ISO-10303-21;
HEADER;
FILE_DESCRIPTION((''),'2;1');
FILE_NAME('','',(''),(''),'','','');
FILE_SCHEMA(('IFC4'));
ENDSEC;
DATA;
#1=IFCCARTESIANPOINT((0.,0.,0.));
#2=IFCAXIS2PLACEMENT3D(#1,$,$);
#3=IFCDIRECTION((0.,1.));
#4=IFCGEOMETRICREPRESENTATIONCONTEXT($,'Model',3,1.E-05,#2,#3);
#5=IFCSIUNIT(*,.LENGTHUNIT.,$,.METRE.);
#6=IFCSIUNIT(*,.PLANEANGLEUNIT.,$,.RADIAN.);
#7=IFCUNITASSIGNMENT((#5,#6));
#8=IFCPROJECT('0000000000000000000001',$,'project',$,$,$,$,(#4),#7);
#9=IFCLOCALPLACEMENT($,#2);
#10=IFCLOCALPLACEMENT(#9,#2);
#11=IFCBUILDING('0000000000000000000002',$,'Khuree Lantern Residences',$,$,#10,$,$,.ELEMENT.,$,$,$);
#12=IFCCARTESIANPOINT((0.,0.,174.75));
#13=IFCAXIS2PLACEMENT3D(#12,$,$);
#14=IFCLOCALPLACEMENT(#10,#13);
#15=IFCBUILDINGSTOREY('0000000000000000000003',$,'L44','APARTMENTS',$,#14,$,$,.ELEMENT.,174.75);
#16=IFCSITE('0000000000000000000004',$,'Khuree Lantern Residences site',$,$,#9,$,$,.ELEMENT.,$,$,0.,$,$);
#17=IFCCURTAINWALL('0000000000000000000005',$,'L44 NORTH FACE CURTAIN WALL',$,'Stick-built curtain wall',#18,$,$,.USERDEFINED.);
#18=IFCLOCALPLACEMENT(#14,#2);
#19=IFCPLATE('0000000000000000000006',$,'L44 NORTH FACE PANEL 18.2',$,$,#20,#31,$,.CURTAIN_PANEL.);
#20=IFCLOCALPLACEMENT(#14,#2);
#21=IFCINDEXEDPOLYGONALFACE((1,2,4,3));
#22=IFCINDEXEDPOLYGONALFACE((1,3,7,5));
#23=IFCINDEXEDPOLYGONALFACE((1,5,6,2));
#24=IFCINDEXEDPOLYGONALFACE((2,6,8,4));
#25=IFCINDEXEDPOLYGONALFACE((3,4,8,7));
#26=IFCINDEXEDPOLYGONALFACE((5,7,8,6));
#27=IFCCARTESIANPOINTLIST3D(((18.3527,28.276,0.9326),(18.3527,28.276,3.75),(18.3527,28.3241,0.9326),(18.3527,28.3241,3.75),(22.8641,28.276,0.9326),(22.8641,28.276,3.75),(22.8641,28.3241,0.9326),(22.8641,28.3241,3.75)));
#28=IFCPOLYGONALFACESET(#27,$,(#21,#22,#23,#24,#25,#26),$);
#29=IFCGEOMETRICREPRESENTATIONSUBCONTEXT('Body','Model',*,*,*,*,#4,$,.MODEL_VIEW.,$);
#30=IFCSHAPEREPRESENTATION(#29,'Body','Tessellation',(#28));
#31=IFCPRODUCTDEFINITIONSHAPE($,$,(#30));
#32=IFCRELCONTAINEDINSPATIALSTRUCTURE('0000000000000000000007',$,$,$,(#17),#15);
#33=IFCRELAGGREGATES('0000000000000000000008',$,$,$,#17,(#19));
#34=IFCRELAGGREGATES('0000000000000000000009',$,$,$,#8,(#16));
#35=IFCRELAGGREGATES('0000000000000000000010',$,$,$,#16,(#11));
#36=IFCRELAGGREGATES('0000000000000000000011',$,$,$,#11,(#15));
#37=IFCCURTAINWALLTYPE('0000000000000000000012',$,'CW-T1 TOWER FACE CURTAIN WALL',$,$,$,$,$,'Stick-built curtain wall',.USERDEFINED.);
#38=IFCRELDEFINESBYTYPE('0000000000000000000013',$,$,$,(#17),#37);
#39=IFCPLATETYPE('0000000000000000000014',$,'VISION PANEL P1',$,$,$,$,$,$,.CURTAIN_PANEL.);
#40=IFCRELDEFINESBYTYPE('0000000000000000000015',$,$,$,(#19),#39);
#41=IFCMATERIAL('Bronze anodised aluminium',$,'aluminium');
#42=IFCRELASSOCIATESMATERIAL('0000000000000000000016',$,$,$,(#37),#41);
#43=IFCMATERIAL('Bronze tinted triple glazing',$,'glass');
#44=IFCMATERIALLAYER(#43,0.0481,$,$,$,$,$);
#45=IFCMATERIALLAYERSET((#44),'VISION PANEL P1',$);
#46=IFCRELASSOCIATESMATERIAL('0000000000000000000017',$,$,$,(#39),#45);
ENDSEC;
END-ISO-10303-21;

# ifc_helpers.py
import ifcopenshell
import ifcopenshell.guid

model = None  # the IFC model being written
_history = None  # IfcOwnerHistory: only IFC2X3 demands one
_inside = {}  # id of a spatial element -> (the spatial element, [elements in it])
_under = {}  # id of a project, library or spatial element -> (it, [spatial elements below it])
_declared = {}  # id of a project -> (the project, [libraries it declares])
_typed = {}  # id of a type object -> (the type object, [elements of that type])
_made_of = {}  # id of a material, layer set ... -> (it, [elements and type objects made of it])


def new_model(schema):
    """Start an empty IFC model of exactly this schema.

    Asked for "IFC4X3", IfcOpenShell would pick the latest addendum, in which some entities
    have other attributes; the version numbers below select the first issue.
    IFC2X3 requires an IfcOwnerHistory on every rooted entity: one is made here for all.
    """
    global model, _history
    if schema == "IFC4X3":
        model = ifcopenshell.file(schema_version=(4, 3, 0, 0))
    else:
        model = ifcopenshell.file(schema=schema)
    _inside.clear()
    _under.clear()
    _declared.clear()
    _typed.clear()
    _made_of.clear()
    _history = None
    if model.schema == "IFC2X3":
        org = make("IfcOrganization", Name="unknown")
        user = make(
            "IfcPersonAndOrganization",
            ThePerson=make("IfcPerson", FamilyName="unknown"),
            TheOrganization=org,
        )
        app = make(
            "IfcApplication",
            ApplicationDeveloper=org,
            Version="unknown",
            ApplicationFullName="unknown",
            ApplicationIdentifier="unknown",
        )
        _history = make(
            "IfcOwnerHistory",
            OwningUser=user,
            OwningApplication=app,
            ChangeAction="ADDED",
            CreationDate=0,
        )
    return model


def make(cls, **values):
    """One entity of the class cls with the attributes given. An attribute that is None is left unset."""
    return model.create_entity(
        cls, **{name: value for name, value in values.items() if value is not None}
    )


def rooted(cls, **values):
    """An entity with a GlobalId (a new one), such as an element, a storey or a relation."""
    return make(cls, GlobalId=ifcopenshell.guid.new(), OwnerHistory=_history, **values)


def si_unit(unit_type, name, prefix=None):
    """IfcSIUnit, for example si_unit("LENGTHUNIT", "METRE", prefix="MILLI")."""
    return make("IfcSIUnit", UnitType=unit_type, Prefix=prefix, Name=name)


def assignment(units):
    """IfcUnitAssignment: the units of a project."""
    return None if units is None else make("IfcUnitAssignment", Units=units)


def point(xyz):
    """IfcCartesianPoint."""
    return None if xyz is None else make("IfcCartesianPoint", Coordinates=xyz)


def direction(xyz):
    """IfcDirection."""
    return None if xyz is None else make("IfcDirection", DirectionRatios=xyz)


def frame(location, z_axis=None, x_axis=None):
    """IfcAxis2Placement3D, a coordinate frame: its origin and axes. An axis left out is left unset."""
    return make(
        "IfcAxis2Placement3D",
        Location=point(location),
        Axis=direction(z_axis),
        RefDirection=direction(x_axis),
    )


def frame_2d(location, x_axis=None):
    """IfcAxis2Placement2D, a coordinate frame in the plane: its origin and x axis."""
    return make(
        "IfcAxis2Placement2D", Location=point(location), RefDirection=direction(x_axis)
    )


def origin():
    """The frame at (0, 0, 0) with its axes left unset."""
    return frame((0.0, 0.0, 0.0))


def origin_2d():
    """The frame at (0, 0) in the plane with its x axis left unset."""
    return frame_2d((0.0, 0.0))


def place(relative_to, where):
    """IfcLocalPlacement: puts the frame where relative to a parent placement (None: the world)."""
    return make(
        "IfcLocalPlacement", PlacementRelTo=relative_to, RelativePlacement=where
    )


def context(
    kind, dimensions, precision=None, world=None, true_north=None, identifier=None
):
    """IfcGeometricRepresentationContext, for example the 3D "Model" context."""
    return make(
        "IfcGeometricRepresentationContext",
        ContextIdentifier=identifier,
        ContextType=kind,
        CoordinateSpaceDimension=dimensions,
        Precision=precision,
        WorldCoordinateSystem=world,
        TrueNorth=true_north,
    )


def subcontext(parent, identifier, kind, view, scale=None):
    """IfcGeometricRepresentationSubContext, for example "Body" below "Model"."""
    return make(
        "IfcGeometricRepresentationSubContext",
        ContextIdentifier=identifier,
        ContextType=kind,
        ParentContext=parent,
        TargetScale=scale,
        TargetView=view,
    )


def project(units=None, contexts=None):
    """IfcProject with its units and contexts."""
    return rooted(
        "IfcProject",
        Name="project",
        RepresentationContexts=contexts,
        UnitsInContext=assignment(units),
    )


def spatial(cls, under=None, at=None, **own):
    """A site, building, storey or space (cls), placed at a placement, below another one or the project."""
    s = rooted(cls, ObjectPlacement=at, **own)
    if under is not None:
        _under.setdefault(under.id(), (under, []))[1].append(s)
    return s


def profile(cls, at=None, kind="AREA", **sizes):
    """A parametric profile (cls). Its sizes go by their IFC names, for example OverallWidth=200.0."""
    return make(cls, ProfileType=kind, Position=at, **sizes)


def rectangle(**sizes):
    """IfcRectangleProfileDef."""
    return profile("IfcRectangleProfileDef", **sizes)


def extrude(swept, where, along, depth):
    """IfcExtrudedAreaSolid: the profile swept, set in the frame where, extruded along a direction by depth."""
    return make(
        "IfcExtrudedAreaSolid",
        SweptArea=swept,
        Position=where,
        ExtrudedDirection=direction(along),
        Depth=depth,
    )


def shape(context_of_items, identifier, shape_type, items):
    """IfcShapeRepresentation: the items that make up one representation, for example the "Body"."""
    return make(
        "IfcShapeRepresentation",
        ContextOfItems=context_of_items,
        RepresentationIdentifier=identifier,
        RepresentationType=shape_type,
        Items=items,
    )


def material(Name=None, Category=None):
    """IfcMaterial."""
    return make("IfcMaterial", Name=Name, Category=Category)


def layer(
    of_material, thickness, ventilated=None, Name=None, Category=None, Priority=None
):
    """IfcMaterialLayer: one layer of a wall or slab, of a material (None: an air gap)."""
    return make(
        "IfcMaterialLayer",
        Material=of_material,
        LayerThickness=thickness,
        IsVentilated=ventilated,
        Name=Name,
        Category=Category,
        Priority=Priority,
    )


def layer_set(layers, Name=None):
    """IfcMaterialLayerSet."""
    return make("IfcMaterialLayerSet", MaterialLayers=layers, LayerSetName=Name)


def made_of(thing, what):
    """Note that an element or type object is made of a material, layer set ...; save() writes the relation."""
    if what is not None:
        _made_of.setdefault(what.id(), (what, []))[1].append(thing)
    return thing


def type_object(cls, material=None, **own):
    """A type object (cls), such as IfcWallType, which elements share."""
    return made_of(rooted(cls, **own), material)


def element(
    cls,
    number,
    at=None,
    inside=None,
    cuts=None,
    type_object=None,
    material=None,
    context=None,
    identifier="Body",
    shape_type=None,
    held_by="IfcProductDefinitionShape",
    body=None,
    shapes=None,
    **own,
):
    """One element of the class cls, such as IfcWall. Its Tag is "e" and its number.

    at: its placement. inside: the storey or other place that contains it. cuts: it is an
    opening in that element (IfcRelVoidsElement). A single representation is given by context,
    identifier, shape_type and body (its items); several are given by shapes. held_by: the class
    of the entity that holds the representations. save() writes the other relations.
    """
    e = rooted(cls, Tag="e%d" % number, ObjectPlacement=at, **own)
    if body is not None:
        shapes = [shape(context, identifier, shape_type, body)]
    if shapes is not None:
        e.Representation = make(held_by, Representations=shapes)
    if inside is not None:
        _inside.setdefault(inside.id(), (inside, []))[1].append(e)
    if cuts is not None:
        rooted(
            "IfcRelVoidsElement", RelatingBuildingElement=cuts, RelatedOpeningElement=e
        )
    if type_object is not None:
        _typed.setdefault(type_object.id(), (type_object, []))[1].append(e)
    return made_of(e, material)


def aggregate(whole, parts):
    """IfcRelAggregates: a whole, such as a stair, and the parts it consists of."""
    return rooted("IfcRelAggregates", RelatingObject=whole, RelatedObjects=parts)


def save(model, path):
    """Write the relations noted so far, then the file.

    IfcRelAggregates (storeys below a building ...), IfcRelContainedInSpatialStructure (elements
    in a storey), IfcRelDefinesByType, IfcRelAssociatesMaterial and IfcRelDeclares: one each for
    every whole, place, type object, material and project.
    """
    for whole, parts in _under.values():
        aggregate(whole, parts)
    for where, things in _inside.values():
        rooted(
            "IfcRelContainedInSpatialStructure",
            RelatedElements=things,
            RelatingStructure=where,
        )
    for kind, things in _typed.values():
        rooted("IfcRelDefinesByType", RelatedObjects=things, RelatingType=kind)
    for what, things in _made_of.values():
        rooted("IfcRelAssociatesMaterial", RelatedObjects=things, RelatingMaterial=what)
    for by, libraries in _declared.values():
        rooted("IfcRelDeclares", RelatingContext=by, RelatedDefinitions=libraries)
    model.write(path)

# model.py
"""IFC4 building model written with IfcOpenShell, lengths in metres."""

from ifc_helpers import new_model, si_unit, direction, frame, origin, origin_2d, place, context, subcontext, project, spatial, rectangle, extrude, material, layer, layer_set, type_object, element, aggregate, save


model = new_model("IFC4")

# Units and contexts
model_context = context("Model", 3, precision=1e-05, world=origin(), true_north=direction((0.0, 1.0)))
body_context = subcontext(model_context, "Body", "Model", "MODEL_VIEW")
ifc_project = project(units=[si_unit("LENGTHUNIT", "METRE"), si_unit("PLANEANGLEUNIT", "RADIAN")], contexts=[model_context])

# Site, building, storey
site_placement = place(None, origin())
site = spatial("IfcSite", under=ifc_project, at=site_placement, Name="Khuree Lantern Residences site", CompositionType="ELEMENT", RefElevation=0.0)
building_placement = place(site_placement, origin())
building = spatial("IfcBuilding", under=site, at=building_placement, Name="Khuree Lantern Residences", CompositionType="ELEMENT")
storey_placement = place(building_placement, frame((0.0, 0.0, 174.75)))
storey = spatial("IfcBuildingStorey", under=building, at=storey_placement, Name="L44", Description="APARTMENTS", CompositionType="ELEMENT", Elevation=174.75)

# Shared definitions
ifc_material_1 = material(Name="Bronze anodised aluminium", Category="aluminium")
curtain_wall_type_1 = type_object("IfcCurtainWallType", Name="CW-T1 TOWER FACE CURTAIN WALL", ElementType="Stick-built curtain wall", PredefinedType="USERDEFINED", material=ifc_material_1)

# Curtain wall
curtain_wall_1_placement = place(storey_placement, origin())
curtain_wall_1 = element("IfcCurtainWall", 1, at=curtain_wall_1_placement, inside=storey, type_object=curtain_wall_type_1, Name="L44 NORTH FACE CURTAIN WALL", ObjectType="Stick-built curtain wall", PredefinedType="USERDEFINED")

# Plate
ifc_material_2 = material(Name="Bronze tinted triple glazing", Category="glass")
ifc_layer_1 = layer(ifc_material_2, 0.0481)
ifc_layer_set_1 = layer_set([ifc_layer_1], Name="VISION PANEL P1")
plate_type_1 = type_object("IfcPlateType", Name="VISION PANEL P1", PredefinedType="CURTAIN_PANEL", material=ifc_layer_set_1)
plate_1_placement = place(storey_placement, frame((20.6084, 28.3, 0.9326), z_axis=(0.0, 0.0, 1.0), x_axis=(-1.0, 0.0, 0.0)))
plate_1 = element("IfcPlate", 2, at=plate_1_placement, type_object=plate_type_1, Name="L44 NORTH FACE PANEL 18.2", PredefinedType="CURTAIN_PANEL", context=body_context, shape_type="SweptSolid", body=[
    extrude(rectangle(XDim=4.5115, YDim=0.0481, at=origin_2d()), origin(), (0.0, 0.0, 1.0), 2.8174),
])
aggregate(curtain_wall_1, [plate_1])

save(model, "model.ifc")
